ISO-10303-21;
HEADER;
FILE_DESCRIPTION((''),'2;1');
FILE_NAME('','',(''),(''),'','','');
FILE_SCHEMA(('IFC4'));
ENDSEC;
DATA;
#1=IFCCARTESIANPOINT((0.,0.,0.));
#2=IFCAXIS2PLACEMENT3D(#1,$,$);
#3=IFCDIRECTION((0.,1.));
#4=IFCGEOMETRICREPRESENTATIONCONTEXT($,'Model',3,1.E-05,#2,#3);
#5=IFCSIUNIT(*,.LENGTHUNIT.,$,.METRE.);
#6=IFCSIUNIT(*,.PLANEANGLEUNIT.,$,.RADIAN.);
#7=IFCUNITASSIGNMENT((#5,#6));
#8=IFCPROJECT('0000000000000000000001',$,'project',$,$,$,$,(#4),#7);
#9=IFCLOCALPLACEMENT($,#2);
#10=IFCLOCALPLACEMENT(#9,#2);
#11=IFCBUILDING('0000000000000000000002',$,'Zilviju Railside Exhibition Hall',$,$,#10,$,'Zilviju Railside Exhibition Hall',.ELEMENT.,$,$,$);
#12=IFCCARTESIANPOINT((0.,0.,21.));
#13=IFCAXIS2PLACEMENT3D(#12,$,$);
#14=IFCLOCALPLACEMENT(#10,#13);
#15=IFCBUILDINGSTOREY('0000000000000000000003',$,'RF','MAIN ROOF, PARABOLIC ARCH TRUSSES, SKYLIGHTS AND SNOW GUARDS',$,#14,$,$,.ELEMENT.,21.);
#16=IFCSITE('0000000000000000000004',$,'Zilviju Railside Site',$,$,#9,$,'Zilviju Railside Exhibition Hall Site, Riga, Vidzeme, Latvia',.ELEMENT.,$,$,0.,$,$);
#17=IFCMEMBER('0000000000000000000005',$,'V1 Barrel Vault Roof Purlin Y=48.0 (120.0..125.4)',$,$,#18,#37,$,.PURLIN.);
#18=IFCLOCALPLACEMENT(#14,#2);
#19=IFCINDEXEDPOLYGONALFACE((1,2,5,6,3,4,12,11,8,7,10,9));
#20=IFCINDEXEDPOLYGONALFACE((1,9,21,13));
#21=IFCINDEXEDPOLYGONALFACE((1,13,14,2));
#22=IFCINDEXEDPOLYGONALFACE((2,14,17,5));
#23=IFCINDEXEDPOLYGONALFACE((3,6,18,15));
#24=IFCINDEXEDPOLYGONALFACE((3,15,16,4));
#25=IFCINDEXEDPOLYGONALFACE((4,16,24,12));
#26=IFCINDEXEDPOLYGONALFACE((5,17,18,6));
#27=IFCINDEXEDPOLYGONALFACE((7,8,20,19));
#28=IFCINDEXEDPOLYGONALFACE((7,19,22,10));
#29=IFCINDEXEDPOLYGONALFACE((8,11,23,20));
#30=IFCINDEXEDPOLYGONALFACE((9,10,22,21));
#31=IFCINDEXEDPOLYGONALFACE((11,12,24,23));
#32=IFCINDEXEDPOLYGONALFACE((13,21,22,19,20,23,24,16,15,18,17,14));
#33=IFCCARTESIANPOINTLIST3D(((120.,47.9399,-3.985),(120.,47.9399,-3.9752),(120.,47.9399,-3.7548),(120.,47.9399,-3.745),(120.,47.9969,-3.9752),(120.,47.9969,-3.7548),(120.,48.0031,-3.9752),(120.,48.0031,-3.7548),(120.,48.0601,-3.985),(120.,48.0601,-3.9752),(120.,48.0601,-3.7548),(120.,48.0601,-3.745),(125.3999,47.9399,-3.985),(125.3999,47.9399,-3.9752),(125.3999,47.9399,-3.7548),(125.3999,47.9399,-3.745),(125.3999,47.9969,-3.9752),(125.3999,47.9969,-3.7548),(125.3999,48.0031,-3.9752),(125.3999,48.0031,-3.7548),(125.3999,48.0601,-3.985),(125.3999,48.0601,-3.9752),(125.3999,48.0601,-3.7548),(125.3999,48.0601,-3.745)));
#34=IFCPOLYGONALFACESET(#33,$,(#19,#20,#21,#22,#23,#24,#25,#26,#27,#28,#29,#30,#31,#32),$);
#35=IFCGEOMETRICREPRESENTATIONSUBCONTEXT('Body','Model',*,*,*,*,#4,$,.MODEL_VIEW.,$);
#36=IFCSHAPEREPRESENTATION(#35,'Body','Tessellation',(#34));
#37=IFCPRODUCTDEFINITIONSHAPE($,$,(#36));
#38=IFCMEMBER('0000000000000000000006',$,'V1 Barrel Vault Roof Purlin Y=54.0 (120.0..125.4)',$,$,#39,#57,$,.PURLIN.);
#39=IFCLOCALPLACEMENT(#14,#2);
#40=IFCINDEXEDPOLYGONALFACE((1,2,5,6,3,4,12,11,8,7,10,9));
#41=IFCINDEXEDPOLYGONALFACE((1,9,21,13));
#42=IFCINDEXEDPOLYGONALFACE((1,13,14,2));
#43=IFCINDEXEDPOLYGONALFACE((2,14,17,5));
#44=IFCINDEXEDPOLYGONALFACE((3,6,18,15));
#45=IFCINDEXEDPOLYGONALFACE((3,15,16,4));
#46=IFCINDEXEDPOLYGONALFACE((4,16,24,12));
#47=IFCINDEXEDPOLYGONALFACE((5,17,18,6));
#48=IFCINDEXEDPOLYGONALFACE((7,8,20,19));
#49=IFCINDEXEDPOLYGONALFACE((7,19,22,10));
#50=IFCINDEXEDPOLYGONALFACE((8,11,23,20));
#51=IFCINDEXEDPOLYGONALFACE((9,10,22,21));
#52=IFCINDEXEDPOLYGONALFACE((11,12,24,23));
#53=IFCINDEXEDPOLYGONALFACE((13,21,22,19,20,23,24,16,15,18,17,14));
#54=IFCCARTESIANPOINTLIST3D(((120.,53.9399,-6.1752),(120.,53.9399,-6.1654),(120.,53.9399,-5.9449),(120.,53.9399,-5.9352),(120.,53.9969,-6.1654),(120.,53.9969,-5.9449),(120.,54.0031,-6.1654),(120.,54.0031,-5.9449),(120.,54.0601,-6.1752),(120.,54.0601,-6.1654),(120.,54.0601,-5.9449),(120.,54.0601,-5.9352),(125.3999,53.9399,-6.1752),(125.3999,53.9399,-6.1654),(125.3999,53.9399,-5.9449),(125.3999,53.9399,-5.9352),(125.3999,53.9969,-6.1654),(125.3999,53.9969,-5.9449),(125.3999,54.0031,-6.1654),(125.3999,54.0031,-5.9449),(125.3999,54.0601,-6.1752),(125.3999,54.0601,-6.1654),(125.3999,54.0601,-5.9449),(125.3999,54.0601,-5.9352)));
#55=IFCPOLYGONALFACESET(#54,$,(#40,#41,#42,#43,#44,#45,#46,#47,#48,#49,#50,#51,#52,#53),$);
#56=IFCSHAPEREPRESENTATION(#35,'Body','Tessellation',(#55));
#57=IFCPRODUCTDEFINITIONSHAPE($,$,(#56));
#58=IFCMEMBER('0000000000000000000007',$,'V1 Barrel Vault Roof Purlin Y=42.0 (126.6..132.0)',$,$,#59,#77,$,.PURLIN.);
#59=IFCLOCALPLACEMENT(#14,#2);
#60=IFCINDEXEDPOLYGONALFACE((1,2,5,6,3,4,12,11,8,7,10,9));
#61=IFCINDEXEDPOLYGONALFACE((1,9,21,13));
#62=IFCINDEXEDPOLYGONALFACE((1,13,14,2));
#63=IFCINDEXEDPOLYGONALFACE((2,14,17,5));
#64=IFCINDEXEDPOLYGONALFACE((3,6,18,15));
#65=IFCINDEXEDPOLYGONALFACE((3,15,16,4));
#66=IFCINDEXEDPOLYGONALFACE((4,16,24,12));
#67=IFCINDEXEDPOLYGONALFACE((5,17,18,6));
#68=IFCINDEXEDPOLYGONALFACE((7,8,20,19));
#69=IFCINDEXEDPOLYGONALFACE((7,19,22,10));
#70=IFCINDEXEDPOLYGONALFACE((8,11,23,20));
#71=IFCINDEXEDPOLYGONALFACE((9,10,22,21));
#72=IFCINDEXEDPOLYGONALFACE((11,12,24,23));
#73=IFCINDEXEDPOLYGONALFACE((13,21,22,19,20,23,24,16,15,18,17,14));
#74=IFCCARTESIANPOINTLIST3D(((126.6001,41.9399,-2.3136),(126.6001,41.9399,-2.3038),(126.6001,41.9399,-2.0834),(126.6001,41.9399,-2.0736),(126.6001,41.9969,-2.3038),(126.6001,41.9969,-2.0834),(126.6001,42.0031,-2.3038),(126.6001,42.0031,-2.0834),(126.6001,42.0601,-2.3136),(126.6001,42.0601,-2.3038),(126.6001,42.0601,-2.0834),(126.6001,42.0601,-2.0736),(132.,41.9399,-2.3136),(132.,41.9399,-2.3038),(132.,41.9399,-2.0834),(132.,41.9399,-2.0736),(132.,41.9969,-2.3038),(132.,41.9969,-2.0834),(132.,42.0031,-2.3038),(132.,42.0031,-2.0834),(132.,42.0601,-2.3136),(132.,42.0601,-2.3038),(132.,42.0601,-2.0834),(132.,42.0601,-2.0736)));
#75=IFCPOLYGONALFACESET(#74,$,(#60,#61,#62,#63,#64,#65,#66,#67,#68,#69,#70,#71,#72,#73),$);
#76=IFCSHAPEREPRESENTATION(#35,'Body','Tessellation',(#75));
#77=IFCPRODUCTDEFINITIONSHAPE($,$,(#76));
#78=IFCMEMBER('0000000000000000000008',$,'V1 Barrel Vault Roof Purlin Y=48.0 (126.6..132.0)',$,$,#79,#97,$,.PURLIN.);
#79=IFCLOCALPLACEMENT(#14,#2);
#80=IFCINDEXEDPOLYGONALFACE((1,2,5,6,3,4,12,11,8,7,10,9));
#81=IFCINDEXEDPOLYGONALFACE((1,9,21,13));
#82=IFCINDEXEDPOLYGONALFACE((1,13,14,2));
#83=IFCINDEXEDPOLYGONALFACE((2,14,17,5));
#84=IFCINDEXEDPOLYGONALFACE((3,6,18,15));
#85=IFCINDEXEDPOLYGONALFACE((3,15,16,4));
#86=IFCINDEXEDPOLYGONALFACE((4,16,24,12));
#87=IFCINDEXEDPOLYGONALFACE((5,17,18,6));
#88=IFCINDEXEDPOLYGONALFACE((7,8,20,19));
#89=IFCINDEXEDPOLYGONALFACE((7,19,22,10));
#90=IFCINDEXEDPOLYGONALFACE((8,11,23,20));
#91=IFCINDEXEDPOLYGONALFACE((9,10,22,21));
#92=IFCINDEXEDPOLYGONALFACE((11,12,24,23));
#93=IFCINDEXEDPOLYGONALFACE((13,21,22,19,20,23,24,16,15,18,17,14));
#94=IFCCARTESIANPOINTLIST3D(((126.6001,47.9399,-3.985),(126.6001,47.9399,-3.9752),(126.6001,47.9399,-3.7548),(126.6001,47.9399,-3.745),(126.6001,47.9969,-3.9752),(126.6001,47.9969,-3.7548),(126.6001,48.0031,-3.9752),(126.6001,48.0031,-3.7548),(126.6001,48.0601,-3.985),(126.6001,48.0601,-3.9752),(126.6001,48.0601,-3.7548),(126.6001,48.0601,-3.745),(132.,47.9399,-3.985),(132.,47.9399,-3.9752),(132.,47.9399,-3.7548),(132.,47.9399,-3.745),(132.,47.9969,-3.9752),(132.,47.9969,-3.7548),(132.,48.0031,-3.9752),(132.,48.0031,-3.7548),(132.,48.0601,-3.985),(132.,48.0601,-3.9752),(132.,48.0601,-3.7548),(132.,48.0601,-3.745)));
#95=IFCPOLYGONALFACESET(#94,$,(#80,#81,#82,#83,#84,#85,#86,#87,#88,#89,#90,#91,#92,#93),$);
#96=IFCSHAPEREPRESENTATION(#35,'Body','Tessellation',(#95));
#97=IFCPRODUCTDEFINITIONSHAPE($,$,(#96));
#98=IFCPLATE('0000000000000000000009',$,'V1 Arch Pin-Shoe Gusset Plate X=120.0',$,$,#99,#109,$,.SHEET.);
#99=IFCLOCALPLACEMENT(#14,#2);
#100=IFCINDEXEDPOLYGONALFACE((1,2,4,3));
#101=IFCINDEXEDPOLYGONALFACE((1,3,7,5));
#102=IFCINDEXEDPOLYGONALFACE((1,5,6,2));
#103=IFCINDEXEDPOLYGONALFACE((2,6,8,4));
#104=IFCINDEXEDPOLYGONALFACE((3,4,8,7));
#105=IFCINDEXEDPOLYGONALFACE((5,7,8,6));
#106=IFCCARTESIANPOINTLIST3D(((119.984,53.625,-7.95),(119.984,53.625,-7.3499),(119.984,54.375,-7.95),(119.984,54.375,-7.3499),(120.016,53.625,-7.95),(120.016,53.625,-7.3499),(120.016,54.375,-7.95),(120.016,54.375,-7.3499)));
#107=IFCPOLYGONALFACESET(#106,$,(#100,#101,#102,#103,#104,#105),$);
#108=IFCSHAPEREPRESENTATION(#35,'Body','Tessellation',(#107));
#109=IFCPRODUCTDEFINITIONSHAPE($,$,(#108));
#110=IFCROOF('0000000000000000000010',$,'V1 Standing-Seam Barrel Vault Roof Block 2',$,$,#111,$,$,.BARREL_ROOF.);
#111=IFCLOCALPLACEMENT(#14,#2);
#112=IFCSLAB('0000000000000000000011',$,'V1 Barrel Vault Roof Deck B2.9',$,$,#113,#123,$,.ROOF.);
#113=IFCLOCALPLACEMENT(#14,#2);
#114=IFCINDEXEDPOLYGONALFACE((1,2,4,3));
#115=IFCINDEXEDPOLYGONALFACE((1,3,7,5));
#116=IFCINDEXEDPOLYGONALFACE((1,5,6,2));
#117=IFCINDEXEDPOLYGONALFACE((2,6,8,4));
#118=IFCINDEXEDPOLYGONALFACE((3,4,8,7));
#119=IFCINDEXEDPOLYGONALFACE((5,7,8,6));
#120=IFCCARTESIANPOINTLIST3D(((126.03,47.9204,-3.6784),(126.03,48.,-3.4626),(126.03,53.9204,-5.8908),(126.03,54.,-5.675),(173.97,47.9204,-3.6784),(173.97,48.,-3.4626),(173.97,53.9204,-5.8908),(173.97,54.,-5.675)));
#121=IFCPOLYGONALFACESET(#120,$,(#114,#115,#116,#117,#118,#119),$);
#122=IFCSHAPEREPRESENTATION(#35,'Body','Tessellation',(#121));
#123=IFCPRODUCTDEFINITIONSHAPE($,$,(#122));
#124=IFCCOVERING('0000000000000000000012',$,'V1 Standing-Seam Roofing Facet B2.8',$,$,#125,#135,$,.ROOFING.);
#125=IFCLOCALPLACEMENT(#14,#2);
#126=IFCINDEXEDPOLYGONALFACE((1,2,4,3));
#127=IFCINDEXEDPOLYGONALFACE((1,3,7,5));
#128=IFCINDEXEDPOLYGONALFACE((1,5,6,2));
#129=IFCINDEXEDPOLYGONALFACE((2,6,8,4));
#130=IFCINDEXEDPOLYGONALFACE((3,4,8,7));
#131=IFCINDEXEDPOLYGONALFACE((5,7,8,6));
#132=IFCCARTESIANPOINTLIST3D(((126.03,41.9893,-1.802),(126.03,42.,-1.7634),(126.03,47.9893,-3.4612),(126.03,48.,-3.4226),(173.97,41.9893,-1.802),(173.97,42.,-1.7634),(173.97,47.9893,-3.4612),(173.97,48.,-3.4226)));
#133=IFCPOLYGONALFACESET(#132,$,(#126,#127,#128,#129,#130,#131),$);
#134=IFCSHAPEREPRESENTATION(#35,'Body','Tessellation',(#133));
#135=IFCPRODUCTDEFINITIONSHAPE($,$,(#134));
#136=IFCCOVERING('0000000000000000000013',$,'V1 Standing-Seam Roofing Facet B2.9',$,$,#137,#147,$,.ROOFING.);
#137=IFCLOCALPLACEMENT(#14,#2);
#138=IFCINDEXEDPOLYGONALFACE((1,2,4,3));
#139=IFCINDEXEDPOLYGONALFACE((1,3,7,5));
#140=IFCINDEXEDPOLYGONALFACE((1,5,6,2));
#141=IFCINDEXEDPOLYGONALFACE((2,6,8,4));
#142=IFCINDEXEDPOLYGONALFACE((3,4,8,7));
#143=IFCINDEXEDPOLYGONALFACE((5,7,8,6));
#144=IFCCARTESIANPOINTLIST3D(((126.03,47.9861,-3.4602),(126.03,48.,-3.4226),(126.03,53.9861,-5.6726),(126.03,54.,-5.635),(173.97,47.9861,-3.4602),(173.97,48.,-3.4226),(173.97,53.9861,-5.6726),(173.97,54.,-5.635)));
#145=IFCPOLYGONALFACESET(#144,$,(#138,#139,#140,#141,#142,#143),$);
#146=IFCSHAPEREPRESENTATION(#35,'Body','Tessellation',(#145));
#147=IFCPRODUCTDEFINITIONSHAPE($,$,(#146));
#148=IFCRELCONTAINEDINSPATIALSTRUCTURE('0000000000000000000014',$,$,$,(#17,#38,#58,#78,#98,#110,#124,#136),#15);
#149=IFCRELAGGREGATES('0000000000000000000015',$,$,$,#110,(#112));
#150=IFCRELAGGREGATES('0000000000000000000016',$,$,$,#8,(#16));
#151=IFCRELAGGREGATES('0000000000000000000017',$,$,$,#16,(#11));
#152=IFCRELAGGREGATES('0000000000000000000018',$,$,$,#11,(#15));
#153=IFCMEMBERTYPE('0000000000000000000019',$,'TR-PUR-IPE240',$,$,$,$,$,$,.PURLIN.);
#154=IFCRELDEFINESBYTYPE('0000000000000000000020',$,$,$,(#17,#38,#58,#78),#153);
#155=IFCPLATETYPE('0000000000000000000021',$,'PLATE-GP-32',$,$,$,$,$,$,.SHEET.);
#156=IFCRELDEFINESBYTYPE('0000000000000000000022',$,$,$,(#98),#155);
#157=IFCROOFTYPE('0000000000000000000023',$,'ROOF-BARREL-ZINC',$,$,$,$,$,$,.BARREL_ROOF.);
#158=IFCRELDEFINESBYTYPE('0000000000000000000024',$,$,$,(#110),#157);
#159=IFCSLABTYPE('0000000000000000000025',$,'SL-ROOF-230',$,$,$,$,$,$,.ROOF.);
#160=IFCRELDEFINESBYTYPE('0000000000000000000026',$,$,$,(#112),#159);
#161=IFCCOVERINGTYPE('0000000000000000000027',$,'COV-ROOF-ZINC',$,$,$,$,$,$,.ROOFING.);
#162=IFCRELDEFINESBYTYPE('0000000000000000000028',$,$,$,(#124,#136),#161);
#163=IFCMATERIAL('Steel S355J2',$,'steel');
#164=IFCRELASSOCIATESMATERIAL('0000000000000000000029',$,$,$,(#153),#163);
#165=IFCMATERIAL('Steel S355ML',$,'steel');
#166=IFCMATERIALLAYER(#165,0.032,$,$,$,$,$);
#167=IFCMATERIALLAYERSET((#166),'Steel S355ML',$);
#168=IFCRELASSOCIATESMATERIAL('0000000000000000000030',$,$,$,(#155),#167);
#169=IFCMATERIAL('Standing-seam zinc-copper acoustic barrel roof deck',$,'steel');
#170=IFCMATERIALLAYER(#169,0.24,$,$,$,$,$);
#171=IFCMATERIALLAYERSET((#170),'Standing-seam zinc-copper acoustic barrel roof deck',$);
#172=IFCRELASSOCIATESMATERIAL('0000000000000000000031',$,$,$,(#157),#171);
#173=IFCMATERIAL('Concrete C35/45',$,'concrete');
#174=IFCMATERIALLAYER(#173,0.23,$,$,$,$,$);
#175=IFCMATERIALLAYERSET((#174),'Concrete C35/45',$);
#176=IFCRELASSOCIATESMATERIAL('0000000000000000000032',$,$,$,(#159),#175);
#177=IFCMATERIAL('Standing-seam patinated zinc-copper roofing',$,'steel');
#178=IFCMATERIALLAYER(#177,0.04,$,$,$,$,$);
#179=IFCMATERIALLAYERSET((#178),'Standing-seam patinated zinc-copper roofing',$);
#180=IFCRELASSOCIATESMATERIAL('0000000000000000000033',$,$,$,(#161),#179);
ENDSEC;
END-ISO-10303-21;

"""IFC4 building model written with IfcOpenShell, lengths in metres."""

from ifc_helpers import new_model, si_unit, direction, frame, origin, origin_2d, place, context, subcontext, project, spatial, polyline, rectangle, i_section, outline, extrude, material, layer, layer_set, material_profile, profile_set, type_object, element, aggregate, save


model = new_model("IFC4")

# Units and contexts
model_context = context("Model", 3, precision=1e-05, world=origin(), true_north=direction((0.0, 1.0)))
body_context = subcontext(model_context, "Body", "Model", "MODEL_VIEW")
ifc_project = project(units=[si_unit("LENGTHUNIT", "METRE"), si_unit("PLANEANGLEUNIT", "RADIAN")], contexts=[model_context])

# Site, building, storey
site_placement = place(None, origin())
site = spatial("IfcSite", under=ifc_project, at=site_placement, Name="Zilviju Railside Site", LongName="Zilviju Railside Exhibition Hall Site, Riga, Vidzeme, Latvia", CompositionType="ELEMENT", RefElevation=0.0)
building_placement = place(site_placement, origin())
building = spatial("IfcBuilding", under=site, at=building_placement, Name="Zilviju Railside Exhibition Hall", LongName="Zilviju Railside Exhibition Hall", CompositionType="ELEMENT")
storey_placement = place(building_placement, frame((0.0, 0.0, 21.0)))
storey = spatial("IfcBuildingStorey", under=building, at=storey_placement, Name="RF", Description="MAIN ROOF, PARABOLIC ARCH TRUSSES, SKYLIGHTS AND SNOW GUARDS", CompositionType="ELEMENT", Elevation=21.0)

# Members
ifc_material_1 = material(Name="Steel S355J2", Category="steel")
ifc_material_profile_1 = material_profile(ifc_material_1, i_section(OverallWidth=0.1201, OverallDepth=0.24, WebThickness=0.0061, FlangeThickness=0.0098, at=origin_2d()), Name="IPE 240")
ifc_profile_set_1 = profile_set([ifc_material_profile_1], Name="Steel S355J2")
member_type_1 = type_object("IfcMemberType", Name="TR-PUR-IPE240", PredefinedType="PURLIN", material=ifc_profile_set_1)
for number, where, z_axis, x_axis, name in (
    (1, (120.0, 48.0, -3.865), (1.0, 0.0, 0.0), (0.0, 1.0, 0.0), "V1 Barrel Vault Roof Purlin Y=48.0 (120.0..125.4)"),
    (2, (120.0, 54.0, -6.0552), (1.0, 0.0, 0.0), (0.0, 1.0, 0.0), "V1 Barrel Vault Roof Purlin Y=54.0 (120.0..125.4)"),
    (3, (126.6001, 42.0, -2.1936), (1.0, 0.0, 0.0), (0.0, 1.0, 0.0), "V1 Barrel Vault Roof Purlin Y=42.0 (126.6..132.0)"),
    (4, (126.6001, 48.0, -3.865), (1.0, 0.0, 0.0), (0.0, 1.0, 0.0), "V1 Barrel Vault Roof Purlin Y=48.0 (126.6..132.0)"),
):
    element("IfcMember", number, at=place(storey_placement, frame(where, z_axis=z_axis, x_axis=x_axis)), inside=storey, type_object=member_type_1, Name=name, PredefinedType="PURLIN", context=body_context, shape_type="SweptSolid", body=[
        extrude(i_section(OverallWidth=0.1201, OverallDepth=0.24, WebThickness=0.0061, FlangeThickness=0.0098, at=origin_2d()), origin(), (0.0, 0.0, 1.0), 5.3999),
    ])

# Plate
ifc_material_2 = material(Name="Steel S355ML", Category="steel")
ifc_layer_1 = layer(ifc_material_2, 0.032)
ifc_layer_set_1 = layer_set([ifc_layer_1], Name="Steel S355ML")
plate_type = type_object("IfcPlateType", Name="PLATE-GP-32", PredefinedType="SHEET", material=ifc_layer_set_1)
plate_placement = place(storey_placement, frame((120.0, 54.0, -7.95), z_axis=(0.0, 0.0, 1.0), x_axis=(1.0, 0.0, 0.0)))
element("IfcPlate", 5, at=plate_placement, inside=storey, type_object=plate_type, Name="V1 Arch Pin-Shoe Gusset Plate X=120.0", PredefinedType="SHEET", context=body_context, shape_type="SweptSolid", body=[
    extrude(rectangle(XDim=0.032, YDim=0.75, at=origin_2d()), origin(), (0.0, 0.0, 1.0), 0.6001),
])

# Roof, slab
ifc_material_3 = material(Name="Standing-seam zinc-copper acoustic barrel roof deck", Category="steel")
ifc_layer_2 = layer(ifc_material_3, 0.24)
ifc_layer_set_2 = layer_set([ifc_layer_2], Name="Standing-seam zinc-copper acoustic barrel roof deck")
roof_type = type_object("IfcRoofType", Name="ROOF-BARREL-ZINC", PredefinedType="BARREL_ROOF", material=ifc_layer_set_2)
roof_placement = place(storey_placement, origin())
roof = element("IfcRoof", 6, at=roof_placement, inside=storey, type_object=roof_type, Name="V1 Standing-Seam Barrel Vault Roof Block 2", PredefinedType="BARREL_ROOF")
ifc_material_4 = material(Name="Concrete C35/45", Category="concrete")
ifc_layer_3 = layer(ifc_material_4, 0.23)
ifc_layer_set_3 = layer_set([ifc_layer_3], Name="Concrete C35/45")
slab_type = type_object("IfcSlabType", Name="SL-ROOF-230", PredefinedType="ROOF", material=ifc_layer_set_3)
slab_placement = place(storey_placement, frame((126.03, 48.0, -3.4626), z_axis=(0.0, 0.345964, 0.938248), x_axis=(1.0, 0.0, 0.0)))
slab = element("IfcSlab", 7, at=slab_placement, type_object=slab_type, Name="V1 Barrel Vault Roof Deck B2.9", PredefinedType="ROOF", context=body_context, shape_type="SweptSolid", body=[
    extrude(outline(polyline([(0.0, 0.0), (47.9399, 0.0), (47.9399, 6.3949), (0.0, 6.3949), (0.0, 0.0)])), origin(), (0.0, 0.0, -1.0), 0.23),
])
aggregate(roof, [slab])

# Coverings
ifc_material_5 = material(Name="Standing-seam patinated zinc-copper roofing", Category="steel")
ifc_layer_4 = layer(ifc_material_5, 0.04)
ifc_layer_set_4 = layer_set([ifc_layer_4], Name="Standing-seam patinated zinc-copper roofing")
covering_type = type_object("IfcCoveringType", Name="COV-ROOF-ZINC", PredefinedType="ROOFING", material=ifc_layer_set_4)
covering_1_placement = place(storey_placement, frame((126.03, 42.0, -1.7634), z_axis=(0.0, 0.266527, 0.963827), x_axis=(1.0, 0.0, 0.0)))
element("IfcCovering", 8, at=covering_1_placement, inside=storey, type_object=covering_type, Name="V1 Standing-Seam Roofing Facet B2.8", PredefinedType="ROOFING", context=body_context, shape_type="SweptSolid", body=[
    extrude(outline(polyline([(0.0, 0.0), (47.9399, 0.0), (47.9399, 6.2252), (0.0, 6.2252), (0.0, 0.0)])), origin(), (0.0, 0.0, -1.0), 0.04),
])
covering_2_placement = place(storey_placement, frame((126.03, 48.0, -3.4226), z_axis=(0.0, 0.345964, 0.938248), x_axis=(1.0, 0.0, 0.0)))
element("IfcCovering", 9, at=covering_2_placement, inside=storey, type_object=covering_type, Name="V1 Standing-Seam Roofing Facet B2.9", PredefinedType="ROOFING", context=body_context, shape_type="SweptSolid", body=[
    extrude(outline(polyline([(0.0, 0.0), (47.9399, 0.0), (47.9399, 6.3949), (0.0, 6.3949), (0.0, 0.0)])), origin(), (0.0, 0.0, -1.0), 0.04),
])

save(model, "model.ifc")
